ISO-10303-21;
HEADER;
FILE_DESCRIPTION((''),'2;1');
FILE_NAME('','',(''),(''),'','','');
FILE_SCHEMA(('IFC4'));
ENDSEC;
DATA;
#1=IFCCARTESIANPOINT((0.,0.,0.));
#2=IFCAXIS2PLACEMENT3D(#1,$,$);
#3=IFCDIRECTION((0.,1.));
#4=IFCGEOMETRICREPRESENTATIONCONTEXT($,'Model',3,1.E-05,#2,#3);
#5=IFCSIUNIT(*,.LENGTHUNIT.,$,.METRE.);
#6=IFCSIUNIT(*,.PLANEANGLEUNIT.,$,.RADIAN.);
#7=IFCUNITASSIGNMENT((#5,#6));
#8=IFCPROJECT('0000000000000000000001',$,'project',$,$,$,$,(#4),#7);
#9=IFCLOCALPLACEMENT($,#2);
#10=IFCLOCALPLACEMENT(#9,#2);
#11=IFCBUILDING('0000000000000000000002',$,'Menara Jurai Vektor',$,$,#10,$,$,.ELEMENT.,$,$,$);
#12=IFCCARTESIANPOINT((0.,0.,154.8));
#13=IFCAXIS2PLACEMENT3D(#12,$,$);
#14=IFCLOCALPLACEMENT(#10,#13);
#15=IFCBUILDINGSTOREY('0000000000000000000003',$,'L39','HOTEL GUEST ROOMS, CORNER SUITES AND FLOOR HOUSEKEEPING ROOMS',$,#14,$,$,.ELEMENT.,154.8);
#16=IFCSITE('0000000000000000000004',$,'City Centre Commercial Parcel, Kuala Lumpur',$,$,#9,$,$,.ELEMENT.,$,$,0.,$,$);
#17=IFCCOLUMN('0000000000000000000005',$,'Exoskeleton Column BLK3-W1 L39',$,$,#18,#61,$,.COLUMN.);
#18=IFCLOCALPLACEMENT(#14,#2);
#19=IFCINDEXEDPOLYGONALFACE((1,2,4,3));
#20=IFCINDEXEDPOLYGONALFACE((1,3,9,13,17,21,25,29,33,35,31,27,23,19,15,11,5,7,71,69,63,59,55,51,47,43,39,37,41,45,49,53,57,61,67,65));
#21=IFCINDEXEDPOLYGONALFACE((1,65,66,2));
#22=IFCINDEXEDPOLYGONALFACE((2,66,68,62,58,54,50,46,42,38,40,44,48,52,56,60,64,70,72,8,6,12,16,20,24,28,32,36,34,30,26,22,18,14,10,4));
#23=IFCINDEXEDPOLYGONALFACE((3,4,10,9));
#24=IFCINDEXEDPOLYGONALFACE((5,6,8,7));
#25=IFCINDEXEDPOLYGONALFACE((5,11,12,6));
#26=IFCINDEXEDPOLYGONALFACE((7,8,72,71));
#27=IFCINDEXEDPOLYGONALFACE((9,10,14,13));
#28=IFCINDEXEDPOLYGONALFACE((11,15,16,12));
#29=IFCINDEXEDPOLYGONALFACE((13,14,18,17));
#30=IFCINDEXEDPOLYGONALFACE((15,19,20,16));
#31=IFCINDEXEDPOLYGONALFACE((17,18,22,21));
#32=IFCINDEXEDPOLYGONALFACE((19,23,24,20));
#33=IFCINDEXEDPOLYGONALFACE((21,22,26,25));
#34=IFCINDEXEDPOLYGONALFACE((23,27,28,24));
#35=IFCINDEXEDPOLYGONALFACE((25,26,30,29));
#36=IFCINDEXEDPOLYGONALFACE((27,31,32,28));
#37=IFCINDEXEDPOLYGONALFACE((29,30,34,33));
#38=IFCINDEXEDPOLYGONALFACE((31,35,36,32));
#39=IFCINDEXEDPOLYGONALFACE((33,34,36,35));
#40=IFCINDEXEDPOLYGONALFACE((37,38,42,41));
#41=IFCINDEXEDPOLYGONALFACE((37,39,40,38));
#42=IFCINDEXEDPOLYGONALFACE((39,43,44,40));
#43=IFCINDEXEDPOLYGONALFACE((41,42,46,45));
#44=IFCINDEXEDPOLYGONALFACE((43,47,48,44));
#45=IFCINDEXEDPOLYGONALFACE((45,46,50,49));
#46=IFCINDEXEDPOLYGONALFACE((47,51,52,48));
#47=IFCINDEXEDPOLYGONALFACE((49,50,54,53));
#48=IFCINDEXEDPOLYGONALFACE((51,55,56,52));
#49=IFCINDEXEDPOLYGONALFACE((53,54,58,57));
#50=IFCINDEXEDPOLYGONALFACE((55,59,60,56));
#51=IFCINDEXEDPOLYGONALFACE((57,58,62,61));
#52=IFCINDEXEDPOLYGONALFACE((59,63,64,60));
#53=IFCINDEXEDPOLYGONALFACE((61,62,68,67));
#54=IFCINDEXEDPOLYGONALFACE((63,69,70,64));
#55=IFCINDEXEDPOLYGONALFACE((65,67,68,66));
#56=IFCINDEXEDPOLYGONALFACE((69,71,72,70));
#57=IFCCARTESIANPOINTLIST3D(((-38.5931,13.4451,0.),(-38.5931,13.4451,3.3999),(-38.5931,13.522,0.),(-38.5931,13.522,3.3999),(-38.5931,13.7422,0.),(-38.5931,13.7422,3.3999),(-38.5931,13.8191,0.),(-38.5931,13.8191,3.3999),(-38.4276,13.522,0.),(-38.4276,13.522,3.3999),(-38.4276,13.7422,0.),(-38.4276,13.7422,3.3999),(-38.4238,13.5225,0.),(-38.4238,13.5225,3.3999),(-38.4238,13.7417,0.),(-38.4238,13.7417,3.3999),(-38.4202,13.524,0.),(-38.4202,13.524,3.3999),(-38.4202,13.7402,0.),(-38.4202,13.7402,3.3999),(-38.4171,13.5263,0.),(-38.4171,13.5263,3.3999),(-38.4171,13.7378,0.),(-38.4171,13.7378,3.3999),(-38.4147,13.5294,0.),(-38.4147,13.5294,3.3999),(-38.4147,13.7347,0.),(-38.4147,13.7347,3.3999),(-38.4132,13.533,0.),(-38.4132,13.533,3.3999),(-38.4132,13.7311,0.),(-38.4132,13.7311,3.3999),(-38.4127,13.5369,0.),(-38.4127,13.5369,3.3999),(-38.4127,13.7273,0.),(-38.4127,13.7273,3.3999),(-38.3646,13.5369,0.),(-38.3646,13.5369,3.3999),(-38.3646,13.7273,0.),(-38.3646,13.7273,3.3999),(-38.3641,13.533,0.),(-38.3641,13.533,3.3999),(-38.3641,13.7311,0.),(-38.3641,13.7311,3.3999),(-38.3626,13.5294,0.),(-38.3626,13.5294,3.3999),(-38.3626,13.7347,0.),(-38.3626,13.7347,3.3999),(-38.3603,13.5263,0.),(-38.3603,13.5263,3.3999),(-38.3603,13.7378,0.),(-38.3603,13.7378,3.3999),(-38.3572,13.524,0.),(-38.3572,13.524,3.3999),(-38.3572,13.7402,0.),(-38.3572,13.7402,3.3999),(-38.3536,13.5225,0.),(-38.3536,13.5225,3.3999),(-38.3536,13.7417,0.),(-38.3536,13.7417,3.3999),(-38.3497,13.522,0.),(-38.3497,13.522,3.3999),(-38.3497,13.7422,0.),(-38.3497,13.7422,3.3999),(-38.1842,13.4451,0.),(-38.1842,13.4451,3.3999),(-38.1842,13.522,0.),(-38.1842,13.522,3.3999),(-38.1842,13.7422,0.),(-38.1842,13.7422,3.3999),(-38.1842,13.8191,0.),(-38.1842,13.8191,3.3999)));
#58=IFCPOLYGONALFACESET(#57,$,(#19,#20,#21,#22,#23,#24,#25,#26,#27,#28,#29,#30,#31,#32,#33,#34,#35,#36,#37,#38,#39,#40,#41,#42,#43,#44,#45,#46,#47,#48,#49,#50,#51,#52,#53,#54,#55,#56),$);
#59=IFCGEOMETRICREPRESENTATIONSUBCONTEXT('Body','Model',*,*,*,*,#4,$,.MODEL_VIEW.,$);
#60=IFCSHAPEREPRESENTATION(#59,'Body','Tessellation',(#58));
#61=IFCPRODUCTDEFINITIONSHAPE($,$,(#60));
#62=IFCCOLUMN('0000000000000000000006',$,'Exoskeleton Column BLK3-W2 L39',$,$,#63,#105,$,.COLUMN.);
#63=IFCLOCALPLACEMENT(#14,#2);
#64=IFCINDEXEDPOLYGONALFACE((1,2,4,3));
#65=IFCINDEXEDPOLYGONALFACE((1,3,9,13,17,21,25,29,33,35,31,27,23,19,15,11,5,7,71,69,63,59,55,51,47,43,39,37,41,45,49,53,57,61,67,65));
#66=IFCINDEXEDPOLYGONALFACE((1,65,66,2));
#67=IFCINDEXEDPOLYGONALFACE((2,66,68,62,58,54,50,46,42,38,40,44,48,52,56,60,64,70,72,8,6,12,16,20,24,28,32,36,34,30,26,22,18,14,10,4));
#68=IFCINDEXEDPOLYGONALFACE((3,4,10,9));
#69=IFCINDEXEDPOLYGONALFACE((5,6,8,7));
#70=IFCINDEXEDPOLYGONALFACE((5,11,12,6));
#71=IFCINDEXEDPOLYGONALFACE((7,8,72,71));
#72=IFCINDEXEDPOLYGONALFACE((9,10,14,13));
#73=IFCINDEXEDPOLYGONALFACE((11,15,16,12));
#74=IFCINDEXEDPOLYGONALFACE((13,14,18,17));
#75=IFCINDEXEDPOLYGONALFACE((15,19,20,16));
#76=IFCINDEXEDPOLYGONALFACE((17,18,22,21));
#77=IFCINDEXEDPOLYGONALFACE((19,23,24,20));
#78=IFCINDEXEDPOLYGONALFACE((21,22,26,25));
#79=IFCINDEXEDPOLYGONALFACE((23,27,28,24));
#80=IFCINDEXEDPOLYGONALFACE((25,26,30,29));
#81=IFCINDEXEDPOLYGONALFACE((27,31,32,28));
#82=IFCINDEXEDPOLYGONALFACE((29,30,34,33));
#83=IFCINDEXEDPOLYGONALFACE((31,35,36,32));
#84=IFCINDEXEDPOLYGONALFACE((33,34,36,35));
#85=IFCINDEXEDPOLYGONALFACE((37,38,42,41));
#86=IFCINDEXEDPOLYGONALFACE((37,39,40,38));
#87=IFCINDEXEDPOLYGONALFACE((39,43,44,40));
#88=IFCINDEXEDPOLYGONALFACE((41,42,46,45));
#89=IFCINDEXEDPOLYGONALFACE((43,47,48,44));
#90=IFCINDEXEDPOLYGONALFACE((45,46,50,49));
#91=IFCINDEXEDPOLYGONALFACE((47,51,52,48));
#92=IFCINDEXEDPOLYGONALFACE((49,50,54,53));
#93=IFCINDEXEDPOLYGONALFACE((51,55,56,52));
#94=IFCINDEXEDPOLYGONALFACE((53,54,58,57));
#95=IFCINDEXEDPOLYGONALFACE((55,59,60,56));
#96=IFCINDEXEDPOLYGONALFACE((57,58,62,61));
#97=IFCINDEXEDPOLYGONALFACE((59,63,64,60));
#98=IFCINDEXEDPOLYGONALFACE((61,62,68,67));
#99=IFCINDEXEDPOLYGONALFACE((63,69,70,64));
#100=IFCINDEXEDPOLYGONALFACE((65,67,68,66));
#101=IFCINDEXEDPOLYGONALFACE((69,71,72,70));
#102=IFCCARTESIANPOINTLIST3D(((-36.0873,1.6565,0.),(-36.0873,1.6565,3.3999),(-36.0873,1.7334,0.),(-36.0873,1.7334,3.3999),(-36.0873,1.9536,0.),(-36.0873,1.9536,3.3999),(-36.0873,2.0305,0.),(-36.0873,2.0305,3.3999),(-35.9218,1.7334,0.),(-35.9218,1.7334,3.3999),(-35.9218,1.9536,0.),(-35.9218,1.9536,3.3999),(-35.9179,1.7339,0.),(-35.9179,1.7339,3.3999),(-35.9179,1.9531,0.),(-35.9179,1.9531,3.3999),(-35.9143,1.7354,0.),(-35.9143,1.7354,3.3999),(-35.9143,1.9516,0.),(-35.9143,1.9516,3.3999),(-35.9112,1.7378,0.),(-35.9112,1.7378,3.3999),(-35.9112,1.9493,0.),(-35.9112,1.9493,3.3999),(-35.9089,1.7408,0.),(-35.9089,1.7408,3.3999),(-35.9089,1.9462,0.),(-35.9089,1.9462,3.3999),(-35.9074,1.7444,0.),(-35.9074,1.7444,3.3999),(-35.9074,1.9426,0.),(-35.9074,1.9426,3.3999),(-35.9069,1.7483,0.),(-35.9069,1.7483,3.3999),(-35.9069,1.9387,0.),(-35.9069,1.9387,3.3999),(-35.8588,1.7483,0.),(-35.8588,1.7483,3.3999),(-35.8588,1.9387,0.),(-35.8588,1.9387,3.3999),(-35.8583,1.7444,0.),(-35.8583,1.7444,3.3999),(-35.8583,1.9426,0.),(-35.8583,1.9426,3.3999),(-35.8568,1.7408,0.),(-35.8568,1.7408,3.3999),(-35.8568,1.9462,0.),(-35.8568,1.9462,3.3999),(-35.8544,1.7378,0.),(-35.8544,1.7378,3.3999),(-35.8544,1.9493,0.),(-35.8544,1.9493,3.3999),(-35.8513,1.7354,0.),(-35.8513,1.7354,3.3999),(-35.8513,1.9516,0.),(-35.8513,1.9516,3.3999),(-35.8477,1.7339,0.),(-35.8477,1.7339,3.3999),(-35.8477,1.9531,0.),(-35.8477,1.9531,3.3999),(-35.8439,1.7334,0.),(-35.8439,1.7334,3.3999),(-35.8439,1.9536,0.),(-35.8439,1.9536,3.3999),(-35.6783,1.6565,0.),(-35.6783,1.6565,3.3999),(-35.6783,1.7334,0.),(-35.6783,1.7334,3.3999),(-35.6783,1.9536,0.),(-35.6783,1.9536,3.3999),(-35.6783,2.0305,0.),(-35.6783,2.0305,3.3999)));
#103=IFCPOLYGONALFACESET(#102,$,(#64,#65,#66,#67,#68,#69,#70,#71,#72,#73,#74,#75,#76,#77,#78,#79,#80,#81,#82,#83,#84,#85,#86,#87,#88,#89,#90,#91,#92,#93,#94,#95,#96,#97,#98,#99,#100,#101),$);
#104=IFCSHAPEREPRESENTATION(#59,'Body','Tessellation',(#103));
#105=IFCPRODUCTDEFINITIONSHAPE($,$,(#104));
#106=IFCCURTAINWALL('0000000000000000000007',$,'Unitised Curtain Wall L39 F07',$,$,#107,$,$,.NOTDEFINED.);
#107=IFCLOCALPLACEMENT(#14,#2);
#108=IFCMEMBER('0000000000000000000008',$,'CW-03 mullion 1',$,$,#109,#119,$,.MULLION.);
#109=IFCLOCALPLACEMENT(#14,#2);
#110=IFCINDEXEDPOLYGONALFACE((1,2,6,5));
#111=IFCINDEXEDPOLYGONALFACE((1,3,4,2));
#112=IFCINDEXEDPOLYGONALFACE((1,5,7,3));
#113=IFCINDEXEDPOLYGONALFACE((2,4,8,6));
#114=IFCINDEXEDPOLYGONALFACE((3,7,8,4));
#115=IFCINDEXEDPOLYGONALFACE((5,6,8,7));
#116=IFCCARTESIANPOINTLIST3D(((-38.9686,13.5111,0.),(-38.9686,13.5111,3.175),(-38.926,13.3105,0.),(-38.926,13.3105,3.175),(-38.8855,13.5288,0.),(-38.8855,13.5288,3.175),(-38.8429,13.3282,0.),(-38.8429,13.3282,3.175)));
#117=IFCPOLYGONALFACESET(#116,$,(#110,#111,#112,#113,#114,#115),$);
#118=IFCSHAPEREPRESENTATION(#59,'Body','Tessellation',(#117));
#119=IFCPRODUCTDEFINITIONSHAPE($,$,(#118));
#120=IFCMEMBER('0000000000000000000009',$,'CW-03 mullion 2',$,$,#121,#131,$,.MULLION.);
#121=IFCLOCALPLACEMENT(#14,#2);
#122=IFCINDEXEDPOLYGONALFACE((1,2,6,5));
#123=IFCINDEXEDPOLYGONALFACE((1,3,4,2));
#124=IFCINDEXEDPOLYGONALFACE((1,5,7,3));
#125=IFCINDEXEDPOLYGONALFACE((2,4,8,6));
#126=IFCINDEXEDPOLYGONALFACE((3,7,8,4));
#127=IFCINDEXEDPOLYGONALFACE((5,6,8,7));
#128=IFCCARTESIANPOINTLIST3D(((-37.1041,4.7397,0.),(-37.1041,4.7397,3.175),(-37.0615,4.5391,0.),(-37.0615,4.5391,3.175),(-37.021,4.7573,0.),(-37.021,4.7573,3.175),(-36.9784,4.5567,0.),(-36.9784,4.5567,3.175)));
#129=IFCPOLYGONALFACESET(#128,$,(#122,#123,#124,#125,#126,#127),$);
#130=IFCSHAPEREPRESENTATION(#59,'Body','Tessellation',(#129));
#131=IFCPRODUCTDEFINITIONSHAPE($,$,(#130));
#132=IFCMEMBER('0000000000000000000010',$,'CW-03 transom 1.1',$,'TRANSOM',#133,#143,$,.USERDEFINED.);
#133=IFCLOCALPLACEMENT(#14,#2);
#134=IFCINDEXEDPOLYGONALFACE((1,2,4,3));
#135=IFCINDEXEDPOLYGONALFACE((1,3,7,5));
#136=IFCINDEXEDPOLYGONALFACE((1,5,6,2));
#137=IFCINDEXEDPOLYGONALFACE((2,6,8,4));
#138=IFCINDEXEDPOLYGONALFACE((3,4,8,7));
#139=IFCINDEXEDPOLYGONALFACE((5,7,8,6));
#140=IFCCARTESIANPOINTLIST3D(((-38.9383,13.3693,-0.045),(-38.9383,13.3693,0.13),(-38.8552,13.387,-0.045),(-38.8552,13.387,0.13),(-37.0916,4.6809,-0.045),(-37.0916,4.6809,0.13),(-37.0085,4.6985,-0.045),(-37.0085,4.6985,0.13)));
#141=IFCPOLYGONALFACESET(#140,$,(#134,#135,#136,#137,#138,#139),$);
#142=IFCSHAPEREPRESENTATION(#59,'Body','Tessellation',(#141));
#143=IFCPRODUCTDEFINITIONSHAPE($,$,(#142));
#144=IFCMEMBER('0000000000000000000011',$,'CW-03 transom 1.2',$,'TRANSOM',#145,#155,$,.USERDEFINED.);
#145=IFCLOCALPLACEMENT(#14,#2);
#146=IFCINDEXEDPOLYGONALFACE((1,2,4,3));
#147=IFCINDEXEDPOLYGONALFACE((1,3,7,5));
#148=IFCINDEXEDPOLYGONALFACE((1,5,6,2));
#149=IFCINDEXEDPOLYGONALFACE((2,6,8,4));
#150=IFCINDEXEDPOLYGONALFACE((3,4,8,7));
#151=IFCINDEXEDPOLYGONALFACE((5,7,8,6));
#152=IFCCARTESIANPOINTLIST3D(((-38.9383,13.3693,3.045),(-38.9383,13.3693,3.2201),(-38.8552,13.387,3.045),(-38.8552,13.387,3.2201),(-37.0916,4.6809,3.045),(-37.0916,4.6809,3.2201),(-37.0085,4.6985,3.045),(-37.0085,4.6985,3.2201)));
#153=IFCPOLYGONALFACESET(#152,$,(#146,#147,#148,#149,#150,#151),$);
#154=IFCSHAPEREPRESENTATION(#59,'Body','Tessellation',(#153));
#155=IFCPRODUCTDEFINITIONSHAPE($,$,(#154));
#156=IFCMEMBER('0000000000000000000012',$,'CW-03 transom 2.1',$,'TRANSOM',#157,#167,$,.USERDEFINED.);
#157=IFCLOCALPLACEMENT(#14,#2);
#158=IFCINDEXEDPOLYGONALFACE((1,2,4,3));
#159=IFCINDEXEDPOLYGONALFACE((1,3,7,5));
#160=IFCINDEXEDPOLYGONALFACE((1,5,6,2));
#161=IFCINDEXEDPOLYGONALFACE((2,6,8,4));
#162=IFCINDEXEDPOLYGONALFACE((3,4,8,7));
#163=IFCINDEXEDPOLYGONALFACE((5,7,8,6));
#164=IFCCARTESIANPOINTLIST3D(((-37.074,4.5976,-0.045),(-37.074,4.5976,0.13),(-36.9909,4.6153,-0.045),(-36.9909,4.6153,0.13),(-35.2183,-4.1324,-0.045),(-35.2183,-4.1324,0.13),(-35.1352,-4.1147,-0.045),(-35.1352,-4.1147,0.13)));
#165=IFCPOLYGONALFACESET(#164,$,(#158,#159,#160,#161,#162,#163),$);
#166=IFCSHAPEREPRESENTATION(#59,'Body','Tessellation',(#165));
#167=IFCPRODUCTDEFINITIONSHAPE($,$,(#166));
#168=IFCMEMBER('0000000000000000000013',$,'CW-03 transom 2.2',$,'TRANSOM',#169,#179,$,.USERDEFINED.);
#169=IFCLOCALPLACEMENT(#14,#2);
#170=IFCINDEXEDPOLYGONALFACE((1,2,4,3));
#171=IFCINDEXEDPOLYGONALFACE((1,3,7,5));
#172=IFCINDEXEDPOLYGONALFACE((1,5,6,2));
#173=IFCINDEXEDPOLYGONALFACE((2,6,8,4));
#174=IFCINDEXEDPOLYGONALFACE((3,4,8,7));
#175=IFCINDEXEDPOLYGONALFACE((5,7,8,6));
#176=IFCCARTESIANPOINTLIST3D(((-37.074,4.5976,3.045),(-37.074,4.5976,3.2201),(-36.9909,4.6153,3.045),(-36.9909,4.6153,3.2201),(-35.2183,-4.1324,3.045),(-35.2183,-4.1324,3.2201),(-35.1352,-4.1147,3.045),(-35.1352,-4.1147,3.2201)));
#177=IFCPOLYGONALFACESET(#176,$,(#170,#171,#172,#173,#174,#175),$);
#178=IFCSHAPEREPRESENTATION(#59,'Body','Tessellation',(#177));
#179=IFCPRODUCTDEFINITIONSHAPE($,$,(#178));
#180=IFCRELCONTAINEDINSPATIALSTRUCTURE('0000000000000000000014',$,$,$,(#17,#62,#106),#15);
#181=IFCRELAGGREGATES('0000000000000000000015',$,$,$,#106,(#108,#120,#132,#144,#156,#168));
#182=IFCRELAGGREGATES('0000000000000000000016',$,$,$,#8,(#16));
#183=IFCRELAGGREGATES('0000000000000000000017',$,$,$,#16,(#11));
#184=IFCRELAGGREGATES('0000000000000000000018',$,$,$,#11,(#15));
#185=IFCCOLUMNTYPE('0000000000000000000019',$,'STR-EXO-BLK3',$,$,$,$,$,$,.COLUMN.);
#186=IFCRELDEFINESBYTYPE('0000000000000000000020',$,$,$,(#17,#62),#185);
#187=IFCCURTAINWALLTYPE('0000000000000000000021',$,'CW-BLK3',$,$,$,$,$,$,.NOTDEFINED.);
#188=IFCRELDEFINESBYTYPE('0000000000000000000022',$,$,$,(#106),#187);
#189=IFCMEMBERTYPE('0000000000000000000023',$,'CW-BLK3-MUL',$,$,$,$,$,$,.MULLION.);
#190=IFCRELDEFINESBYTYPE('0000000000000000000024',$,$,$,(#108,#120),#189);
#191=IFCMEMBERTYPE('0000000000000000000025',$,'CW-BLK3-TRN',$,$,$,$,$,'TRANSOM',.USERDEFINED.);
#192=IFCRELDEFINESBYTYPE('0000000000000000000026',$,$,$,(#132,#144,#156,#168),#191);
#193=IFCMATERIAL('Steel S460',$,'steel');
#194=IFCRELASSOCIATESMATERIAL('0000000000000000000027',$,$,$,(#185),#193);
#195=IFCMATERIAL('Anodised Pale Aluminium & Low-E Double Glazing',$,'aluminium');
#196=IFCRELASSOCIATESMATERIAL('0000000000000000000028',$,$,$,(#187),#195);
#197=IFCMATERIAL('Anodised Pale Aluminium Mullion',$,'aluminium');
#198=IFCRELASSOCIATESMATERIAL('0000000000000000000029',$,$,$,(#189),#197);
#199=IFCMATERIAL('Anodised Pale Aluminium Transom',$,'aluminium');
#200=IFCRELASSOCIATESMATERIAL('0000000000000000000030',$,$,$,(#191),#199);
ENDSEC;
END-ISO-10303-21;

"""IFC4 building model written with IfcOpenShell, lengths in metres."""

from ifc_helpers import new_model, si_unit, direction, frame, origin, origin_2d, place, context, subcontext, project, spatial, rectangle, i_section, extrude, material, material_profile, profile_set, type_object, element, aggregate, save


model = new_model("IFC4")

# Units and contexts
model_context = context("Model", 3, precision=1e-05, world=origin(), true_north=direction((0.0, 1.0)))
body_context = subcontext(model_context, "Body", "Model", "MODEL_VIEW")
ifc_project = project(units=[si_unit("LENGTHUNIT", "METRE"), si_unit("PLANEANGLEUNIT", "RADIAN")], contexts=[model_context])

# Site, building, storey
site_placement = place(None, origin())
site = spatial("IfcSite", under=ifc_project, at=site_placement, Name="City Centre Commercial Parcel, Kuala Lumpur", CompositionType="ELEMENT", RefElevation=0.0)
building_placement = place(site_placement, origin())
building = spatial("IfcBuilding", under=site, at=building_placement, Name="Menara Jurai Vektor", CompositionType="ELEMENT")
storey_placement = place(building_placement, frame((0.0, 0.0, 154.8)))
storey = spatial("IfcBuildingStorey", under=building, at=storey_placement, Name="L39", Description="HOTEL GUEST ROOMS, CORNER SUITES AND FLOOR HOUSEKEEPING ROOMS", CompositionType="ELEMENT", Elevation=154.8)

# Columns
ifc_material_1 = material(Name="Steel S460", Category="steel")
ifc_material_profile_1 = material_profile(ifc_material_1, i_section(OverallWidth=0.4089, OverallDepth=0.374, WebThickness=0.0481, FlangeThickness=0.0769, FilletRadius=0.0149, at=origin_2d()), Name="HD 400x634")
ifc_profile_set_1 = profile_set([ifc_material_profile_1], Name="Steel S460")
column_type = type_object("IfcColumnType", Name="STR-EXO-BLK3", PredefinedType="COLUMN", material=ifc_profile_set_1)
for number, where, z_axis, x_axis, name in (
    (1, (-38.3887, 13.6321, 0.0), (0.0, 0.0, 1.0), (1.0, 0.0, 0.0), "Exoskeleton Column BLK3-W1 L39"),
    (2, (-35.8828, 1.8435, 0.0), (0.0, 0.0, 1.0), (1.0, 0.0, 0.0), "Exoskeleton Column BLK3-W2 L39"),
):
    element("IfcColumn", number, at=place(storey_placement, frame(where, z_axis=z_axis, x_axis=x_axis)), inside=storey, type_object=column_type, Name=name, PredefinedType="COLUMN", context=body_context, shape_type="SweptSolid", body=[
        extrude(i_section(OverallWidth=0.4089, OverallDepth=0.374, WebThickness=0.0481, FlangeThickness=0.0769, FilletRadius=0.0149, at=origin_2d()), origin(), (0.0, 0.0, 1.0), 3.3999),
    ])

# Curtain wall, members
ifc_material_2 = material(Name="Anodised Pale Aluminium & Low-E Double Glazing", Category="aluminium")
curtain_wall_type = type_object("IfcCurtainWallType", Name="CW-BLK3", PredefinedType="NOTDEFINED", material=ifc_material_2)
curtain_wall_placement = place(storey_placement, origin())
curtain_wall = element("IfcCurtainWall", 3, at=curtain_wall_placement, inside=storey, type_object=curtain_wall_type, Name="Unitised Curtain Wall L39 F07", PredefinedType="NOTDEFINED")
ifc_material_3 = material(Name="Anodised Pale Aluminium Mullion", Category="aluminium")
ifc_material_profile_2 = material_profile(ifc_material_3, rectangle(XDim=0.085, YDim=0.2051, at=origin_2d()), Name="ALU MUL 85x205")
ifc_profile_set_2 = profile_set([ifc_material_profile_2], Name="Anodised Pale Aluminium Mullion")
member_type_1 = type_object("IfcMemberType", Name="CW-BLK3-MUL", PredefinedType="MULLION", material=ifc_profile_set_2)
member_1_placement = place(storey_placement, frame((-38.9058, 13.4197, 0.0), z_axis=(0.0, 0.0, 1.0), x_axis=(0.978148, 0.20791, 0.0)))
member_1 = element("IfcMember", 4, at=member_1_placement, type_object=member_type_1, Name="CW-03 mullion 1", PredefinedType="MULLION", context=body_context, shape_type="SweptSolid", body=[
    extrude(rectangle(XDim=0.085, YDim=0.2051, at=origin_2d()), origin(), (0.0, 0.0, 1.0), 3.175),
])
member_2_placement = place(storey_placement, frame((-37.0413, 4.6482, 0.0), z_axis=(0.0, 0.0, 1.0), x_axis=(0.978148, 0.20791, 0.0)))
member_2 = element("IfcMember", 5, at=member_2_placement, type_object=member_type_1, Name="CW-03 mullion 2", PredefinedType="MULLION", context=body_context, shape_type="SweptSolid", body=[
    extrude(rectangle(XDim=0.085, YDim=0.2051, at=origin_2d()), origin(), (0.0, 0.0, 1.0), 3.175),
])
ifc_material_4 = material(Name="Anodised Pale Aluminium Transom", Category="aluminium")
ifc_material_profile_3 = material_profile(ifc_material_4, rectangle(XDim=0.085, YDim=0.175, at=origin_2d()), Name="ALU TRN 85x175")
ifc_profile_set_3 = profile_set([ifc_material_profile_3], Name="Anodised Pale Aluminium Transom")
member_type_2 = type_object("IfcMemberType", Name="CW-BLK3-TRN", ElementType="TRANSOM", PredefinedType="USERDEFINED", material=ifc_profile_set_3)
member_3_placement = place(storey_placement, frame((-38.8967, 13.3782, 0.0425), z_axis=(0.2079, -0.97815, 0.0), x_axis=(0.97815, 0.2079, 0.0)))
member_3 = element("IfcMember", 6, at=member_3_placement, type_object=member_type_2, Name="CW-03 transom 1.1", ObjectType="TRANSOM", PredefinedType="USERDEFINED", context=body_context, shape_type="SweptSolid", body=[
    extrude(rectangle(XDim=0.085, YDim=0.175, at=origin_2d()), origin(), (0.0, 0.0, 1.0), 8.8826),
])
member_4_placement = place(storey_placement, frame((-38.8967, 13.3782, 3.1326), z_axis=(0.2079, -0.97815, 0.0), x_axis=(0.97815, 0.2079, 0.0)))
member_4 = element("IfcMember", 7, at=member_4_placement, type_object=member_type_2, Name="CW-03 transom 1.2", ObjectType="TRANSOM", PredefinedType="USERDEFINED", context=body_context, shape_type="SweptSolid", body=[
    extrude(rectangle(XDim=0.085, YDim=0.175, at=origin_2d()), origin(), (0.0, 0.0, 1.0), 8.8826),
])
member_5_placement = place(storey_placement, frame((-37.0325, 4.6064, 0.0425), z_axis=(0.207922, -0.978145, 0.0), x_axis=(0.978145, 0.207922, 0.0)))
member_5 = element("IfcMember", 8, at=member_5_placement, type_object=member_type_2, Name="CW-03 transom 2.1", ObjectType="TRANSOM", PredefinedType="USERDEFINED", context=body_context, shape_type="SweptSolid", body=[
    extrude(rectangle(XDim=0.085, YDim=0.175, at=origin_2d()), origin(), (0.0, 0.0, 1.0), 8.925),
])
member_6_placement = place(storey_placement, frame((-37.0325, 4.6064, 3.1326), z_axis=(0.207922, -0.978145, 0.0), x_axis=(0.978145, 0.207922, 0.0)))
member_6 = element("IfcMember", 9, at=member_6_placement, type_object=member_type_2, Name="CW-03 transom 2.2", ObjectType="TRANSOM", PredefinedType="USERDEFINED", context=body_context, shape_type="SweptSolid", body=[
    extrude(rectangle(XDim=0.085, YDim=0.175, at=origin_2d()), origin(), (0.0, 0.0, 1.0), 8.925),
])

aggregate(curtain_wall, [member_1, member_2, member_3, member_4, member_5, member_6])

save(model, "model.ifc")
